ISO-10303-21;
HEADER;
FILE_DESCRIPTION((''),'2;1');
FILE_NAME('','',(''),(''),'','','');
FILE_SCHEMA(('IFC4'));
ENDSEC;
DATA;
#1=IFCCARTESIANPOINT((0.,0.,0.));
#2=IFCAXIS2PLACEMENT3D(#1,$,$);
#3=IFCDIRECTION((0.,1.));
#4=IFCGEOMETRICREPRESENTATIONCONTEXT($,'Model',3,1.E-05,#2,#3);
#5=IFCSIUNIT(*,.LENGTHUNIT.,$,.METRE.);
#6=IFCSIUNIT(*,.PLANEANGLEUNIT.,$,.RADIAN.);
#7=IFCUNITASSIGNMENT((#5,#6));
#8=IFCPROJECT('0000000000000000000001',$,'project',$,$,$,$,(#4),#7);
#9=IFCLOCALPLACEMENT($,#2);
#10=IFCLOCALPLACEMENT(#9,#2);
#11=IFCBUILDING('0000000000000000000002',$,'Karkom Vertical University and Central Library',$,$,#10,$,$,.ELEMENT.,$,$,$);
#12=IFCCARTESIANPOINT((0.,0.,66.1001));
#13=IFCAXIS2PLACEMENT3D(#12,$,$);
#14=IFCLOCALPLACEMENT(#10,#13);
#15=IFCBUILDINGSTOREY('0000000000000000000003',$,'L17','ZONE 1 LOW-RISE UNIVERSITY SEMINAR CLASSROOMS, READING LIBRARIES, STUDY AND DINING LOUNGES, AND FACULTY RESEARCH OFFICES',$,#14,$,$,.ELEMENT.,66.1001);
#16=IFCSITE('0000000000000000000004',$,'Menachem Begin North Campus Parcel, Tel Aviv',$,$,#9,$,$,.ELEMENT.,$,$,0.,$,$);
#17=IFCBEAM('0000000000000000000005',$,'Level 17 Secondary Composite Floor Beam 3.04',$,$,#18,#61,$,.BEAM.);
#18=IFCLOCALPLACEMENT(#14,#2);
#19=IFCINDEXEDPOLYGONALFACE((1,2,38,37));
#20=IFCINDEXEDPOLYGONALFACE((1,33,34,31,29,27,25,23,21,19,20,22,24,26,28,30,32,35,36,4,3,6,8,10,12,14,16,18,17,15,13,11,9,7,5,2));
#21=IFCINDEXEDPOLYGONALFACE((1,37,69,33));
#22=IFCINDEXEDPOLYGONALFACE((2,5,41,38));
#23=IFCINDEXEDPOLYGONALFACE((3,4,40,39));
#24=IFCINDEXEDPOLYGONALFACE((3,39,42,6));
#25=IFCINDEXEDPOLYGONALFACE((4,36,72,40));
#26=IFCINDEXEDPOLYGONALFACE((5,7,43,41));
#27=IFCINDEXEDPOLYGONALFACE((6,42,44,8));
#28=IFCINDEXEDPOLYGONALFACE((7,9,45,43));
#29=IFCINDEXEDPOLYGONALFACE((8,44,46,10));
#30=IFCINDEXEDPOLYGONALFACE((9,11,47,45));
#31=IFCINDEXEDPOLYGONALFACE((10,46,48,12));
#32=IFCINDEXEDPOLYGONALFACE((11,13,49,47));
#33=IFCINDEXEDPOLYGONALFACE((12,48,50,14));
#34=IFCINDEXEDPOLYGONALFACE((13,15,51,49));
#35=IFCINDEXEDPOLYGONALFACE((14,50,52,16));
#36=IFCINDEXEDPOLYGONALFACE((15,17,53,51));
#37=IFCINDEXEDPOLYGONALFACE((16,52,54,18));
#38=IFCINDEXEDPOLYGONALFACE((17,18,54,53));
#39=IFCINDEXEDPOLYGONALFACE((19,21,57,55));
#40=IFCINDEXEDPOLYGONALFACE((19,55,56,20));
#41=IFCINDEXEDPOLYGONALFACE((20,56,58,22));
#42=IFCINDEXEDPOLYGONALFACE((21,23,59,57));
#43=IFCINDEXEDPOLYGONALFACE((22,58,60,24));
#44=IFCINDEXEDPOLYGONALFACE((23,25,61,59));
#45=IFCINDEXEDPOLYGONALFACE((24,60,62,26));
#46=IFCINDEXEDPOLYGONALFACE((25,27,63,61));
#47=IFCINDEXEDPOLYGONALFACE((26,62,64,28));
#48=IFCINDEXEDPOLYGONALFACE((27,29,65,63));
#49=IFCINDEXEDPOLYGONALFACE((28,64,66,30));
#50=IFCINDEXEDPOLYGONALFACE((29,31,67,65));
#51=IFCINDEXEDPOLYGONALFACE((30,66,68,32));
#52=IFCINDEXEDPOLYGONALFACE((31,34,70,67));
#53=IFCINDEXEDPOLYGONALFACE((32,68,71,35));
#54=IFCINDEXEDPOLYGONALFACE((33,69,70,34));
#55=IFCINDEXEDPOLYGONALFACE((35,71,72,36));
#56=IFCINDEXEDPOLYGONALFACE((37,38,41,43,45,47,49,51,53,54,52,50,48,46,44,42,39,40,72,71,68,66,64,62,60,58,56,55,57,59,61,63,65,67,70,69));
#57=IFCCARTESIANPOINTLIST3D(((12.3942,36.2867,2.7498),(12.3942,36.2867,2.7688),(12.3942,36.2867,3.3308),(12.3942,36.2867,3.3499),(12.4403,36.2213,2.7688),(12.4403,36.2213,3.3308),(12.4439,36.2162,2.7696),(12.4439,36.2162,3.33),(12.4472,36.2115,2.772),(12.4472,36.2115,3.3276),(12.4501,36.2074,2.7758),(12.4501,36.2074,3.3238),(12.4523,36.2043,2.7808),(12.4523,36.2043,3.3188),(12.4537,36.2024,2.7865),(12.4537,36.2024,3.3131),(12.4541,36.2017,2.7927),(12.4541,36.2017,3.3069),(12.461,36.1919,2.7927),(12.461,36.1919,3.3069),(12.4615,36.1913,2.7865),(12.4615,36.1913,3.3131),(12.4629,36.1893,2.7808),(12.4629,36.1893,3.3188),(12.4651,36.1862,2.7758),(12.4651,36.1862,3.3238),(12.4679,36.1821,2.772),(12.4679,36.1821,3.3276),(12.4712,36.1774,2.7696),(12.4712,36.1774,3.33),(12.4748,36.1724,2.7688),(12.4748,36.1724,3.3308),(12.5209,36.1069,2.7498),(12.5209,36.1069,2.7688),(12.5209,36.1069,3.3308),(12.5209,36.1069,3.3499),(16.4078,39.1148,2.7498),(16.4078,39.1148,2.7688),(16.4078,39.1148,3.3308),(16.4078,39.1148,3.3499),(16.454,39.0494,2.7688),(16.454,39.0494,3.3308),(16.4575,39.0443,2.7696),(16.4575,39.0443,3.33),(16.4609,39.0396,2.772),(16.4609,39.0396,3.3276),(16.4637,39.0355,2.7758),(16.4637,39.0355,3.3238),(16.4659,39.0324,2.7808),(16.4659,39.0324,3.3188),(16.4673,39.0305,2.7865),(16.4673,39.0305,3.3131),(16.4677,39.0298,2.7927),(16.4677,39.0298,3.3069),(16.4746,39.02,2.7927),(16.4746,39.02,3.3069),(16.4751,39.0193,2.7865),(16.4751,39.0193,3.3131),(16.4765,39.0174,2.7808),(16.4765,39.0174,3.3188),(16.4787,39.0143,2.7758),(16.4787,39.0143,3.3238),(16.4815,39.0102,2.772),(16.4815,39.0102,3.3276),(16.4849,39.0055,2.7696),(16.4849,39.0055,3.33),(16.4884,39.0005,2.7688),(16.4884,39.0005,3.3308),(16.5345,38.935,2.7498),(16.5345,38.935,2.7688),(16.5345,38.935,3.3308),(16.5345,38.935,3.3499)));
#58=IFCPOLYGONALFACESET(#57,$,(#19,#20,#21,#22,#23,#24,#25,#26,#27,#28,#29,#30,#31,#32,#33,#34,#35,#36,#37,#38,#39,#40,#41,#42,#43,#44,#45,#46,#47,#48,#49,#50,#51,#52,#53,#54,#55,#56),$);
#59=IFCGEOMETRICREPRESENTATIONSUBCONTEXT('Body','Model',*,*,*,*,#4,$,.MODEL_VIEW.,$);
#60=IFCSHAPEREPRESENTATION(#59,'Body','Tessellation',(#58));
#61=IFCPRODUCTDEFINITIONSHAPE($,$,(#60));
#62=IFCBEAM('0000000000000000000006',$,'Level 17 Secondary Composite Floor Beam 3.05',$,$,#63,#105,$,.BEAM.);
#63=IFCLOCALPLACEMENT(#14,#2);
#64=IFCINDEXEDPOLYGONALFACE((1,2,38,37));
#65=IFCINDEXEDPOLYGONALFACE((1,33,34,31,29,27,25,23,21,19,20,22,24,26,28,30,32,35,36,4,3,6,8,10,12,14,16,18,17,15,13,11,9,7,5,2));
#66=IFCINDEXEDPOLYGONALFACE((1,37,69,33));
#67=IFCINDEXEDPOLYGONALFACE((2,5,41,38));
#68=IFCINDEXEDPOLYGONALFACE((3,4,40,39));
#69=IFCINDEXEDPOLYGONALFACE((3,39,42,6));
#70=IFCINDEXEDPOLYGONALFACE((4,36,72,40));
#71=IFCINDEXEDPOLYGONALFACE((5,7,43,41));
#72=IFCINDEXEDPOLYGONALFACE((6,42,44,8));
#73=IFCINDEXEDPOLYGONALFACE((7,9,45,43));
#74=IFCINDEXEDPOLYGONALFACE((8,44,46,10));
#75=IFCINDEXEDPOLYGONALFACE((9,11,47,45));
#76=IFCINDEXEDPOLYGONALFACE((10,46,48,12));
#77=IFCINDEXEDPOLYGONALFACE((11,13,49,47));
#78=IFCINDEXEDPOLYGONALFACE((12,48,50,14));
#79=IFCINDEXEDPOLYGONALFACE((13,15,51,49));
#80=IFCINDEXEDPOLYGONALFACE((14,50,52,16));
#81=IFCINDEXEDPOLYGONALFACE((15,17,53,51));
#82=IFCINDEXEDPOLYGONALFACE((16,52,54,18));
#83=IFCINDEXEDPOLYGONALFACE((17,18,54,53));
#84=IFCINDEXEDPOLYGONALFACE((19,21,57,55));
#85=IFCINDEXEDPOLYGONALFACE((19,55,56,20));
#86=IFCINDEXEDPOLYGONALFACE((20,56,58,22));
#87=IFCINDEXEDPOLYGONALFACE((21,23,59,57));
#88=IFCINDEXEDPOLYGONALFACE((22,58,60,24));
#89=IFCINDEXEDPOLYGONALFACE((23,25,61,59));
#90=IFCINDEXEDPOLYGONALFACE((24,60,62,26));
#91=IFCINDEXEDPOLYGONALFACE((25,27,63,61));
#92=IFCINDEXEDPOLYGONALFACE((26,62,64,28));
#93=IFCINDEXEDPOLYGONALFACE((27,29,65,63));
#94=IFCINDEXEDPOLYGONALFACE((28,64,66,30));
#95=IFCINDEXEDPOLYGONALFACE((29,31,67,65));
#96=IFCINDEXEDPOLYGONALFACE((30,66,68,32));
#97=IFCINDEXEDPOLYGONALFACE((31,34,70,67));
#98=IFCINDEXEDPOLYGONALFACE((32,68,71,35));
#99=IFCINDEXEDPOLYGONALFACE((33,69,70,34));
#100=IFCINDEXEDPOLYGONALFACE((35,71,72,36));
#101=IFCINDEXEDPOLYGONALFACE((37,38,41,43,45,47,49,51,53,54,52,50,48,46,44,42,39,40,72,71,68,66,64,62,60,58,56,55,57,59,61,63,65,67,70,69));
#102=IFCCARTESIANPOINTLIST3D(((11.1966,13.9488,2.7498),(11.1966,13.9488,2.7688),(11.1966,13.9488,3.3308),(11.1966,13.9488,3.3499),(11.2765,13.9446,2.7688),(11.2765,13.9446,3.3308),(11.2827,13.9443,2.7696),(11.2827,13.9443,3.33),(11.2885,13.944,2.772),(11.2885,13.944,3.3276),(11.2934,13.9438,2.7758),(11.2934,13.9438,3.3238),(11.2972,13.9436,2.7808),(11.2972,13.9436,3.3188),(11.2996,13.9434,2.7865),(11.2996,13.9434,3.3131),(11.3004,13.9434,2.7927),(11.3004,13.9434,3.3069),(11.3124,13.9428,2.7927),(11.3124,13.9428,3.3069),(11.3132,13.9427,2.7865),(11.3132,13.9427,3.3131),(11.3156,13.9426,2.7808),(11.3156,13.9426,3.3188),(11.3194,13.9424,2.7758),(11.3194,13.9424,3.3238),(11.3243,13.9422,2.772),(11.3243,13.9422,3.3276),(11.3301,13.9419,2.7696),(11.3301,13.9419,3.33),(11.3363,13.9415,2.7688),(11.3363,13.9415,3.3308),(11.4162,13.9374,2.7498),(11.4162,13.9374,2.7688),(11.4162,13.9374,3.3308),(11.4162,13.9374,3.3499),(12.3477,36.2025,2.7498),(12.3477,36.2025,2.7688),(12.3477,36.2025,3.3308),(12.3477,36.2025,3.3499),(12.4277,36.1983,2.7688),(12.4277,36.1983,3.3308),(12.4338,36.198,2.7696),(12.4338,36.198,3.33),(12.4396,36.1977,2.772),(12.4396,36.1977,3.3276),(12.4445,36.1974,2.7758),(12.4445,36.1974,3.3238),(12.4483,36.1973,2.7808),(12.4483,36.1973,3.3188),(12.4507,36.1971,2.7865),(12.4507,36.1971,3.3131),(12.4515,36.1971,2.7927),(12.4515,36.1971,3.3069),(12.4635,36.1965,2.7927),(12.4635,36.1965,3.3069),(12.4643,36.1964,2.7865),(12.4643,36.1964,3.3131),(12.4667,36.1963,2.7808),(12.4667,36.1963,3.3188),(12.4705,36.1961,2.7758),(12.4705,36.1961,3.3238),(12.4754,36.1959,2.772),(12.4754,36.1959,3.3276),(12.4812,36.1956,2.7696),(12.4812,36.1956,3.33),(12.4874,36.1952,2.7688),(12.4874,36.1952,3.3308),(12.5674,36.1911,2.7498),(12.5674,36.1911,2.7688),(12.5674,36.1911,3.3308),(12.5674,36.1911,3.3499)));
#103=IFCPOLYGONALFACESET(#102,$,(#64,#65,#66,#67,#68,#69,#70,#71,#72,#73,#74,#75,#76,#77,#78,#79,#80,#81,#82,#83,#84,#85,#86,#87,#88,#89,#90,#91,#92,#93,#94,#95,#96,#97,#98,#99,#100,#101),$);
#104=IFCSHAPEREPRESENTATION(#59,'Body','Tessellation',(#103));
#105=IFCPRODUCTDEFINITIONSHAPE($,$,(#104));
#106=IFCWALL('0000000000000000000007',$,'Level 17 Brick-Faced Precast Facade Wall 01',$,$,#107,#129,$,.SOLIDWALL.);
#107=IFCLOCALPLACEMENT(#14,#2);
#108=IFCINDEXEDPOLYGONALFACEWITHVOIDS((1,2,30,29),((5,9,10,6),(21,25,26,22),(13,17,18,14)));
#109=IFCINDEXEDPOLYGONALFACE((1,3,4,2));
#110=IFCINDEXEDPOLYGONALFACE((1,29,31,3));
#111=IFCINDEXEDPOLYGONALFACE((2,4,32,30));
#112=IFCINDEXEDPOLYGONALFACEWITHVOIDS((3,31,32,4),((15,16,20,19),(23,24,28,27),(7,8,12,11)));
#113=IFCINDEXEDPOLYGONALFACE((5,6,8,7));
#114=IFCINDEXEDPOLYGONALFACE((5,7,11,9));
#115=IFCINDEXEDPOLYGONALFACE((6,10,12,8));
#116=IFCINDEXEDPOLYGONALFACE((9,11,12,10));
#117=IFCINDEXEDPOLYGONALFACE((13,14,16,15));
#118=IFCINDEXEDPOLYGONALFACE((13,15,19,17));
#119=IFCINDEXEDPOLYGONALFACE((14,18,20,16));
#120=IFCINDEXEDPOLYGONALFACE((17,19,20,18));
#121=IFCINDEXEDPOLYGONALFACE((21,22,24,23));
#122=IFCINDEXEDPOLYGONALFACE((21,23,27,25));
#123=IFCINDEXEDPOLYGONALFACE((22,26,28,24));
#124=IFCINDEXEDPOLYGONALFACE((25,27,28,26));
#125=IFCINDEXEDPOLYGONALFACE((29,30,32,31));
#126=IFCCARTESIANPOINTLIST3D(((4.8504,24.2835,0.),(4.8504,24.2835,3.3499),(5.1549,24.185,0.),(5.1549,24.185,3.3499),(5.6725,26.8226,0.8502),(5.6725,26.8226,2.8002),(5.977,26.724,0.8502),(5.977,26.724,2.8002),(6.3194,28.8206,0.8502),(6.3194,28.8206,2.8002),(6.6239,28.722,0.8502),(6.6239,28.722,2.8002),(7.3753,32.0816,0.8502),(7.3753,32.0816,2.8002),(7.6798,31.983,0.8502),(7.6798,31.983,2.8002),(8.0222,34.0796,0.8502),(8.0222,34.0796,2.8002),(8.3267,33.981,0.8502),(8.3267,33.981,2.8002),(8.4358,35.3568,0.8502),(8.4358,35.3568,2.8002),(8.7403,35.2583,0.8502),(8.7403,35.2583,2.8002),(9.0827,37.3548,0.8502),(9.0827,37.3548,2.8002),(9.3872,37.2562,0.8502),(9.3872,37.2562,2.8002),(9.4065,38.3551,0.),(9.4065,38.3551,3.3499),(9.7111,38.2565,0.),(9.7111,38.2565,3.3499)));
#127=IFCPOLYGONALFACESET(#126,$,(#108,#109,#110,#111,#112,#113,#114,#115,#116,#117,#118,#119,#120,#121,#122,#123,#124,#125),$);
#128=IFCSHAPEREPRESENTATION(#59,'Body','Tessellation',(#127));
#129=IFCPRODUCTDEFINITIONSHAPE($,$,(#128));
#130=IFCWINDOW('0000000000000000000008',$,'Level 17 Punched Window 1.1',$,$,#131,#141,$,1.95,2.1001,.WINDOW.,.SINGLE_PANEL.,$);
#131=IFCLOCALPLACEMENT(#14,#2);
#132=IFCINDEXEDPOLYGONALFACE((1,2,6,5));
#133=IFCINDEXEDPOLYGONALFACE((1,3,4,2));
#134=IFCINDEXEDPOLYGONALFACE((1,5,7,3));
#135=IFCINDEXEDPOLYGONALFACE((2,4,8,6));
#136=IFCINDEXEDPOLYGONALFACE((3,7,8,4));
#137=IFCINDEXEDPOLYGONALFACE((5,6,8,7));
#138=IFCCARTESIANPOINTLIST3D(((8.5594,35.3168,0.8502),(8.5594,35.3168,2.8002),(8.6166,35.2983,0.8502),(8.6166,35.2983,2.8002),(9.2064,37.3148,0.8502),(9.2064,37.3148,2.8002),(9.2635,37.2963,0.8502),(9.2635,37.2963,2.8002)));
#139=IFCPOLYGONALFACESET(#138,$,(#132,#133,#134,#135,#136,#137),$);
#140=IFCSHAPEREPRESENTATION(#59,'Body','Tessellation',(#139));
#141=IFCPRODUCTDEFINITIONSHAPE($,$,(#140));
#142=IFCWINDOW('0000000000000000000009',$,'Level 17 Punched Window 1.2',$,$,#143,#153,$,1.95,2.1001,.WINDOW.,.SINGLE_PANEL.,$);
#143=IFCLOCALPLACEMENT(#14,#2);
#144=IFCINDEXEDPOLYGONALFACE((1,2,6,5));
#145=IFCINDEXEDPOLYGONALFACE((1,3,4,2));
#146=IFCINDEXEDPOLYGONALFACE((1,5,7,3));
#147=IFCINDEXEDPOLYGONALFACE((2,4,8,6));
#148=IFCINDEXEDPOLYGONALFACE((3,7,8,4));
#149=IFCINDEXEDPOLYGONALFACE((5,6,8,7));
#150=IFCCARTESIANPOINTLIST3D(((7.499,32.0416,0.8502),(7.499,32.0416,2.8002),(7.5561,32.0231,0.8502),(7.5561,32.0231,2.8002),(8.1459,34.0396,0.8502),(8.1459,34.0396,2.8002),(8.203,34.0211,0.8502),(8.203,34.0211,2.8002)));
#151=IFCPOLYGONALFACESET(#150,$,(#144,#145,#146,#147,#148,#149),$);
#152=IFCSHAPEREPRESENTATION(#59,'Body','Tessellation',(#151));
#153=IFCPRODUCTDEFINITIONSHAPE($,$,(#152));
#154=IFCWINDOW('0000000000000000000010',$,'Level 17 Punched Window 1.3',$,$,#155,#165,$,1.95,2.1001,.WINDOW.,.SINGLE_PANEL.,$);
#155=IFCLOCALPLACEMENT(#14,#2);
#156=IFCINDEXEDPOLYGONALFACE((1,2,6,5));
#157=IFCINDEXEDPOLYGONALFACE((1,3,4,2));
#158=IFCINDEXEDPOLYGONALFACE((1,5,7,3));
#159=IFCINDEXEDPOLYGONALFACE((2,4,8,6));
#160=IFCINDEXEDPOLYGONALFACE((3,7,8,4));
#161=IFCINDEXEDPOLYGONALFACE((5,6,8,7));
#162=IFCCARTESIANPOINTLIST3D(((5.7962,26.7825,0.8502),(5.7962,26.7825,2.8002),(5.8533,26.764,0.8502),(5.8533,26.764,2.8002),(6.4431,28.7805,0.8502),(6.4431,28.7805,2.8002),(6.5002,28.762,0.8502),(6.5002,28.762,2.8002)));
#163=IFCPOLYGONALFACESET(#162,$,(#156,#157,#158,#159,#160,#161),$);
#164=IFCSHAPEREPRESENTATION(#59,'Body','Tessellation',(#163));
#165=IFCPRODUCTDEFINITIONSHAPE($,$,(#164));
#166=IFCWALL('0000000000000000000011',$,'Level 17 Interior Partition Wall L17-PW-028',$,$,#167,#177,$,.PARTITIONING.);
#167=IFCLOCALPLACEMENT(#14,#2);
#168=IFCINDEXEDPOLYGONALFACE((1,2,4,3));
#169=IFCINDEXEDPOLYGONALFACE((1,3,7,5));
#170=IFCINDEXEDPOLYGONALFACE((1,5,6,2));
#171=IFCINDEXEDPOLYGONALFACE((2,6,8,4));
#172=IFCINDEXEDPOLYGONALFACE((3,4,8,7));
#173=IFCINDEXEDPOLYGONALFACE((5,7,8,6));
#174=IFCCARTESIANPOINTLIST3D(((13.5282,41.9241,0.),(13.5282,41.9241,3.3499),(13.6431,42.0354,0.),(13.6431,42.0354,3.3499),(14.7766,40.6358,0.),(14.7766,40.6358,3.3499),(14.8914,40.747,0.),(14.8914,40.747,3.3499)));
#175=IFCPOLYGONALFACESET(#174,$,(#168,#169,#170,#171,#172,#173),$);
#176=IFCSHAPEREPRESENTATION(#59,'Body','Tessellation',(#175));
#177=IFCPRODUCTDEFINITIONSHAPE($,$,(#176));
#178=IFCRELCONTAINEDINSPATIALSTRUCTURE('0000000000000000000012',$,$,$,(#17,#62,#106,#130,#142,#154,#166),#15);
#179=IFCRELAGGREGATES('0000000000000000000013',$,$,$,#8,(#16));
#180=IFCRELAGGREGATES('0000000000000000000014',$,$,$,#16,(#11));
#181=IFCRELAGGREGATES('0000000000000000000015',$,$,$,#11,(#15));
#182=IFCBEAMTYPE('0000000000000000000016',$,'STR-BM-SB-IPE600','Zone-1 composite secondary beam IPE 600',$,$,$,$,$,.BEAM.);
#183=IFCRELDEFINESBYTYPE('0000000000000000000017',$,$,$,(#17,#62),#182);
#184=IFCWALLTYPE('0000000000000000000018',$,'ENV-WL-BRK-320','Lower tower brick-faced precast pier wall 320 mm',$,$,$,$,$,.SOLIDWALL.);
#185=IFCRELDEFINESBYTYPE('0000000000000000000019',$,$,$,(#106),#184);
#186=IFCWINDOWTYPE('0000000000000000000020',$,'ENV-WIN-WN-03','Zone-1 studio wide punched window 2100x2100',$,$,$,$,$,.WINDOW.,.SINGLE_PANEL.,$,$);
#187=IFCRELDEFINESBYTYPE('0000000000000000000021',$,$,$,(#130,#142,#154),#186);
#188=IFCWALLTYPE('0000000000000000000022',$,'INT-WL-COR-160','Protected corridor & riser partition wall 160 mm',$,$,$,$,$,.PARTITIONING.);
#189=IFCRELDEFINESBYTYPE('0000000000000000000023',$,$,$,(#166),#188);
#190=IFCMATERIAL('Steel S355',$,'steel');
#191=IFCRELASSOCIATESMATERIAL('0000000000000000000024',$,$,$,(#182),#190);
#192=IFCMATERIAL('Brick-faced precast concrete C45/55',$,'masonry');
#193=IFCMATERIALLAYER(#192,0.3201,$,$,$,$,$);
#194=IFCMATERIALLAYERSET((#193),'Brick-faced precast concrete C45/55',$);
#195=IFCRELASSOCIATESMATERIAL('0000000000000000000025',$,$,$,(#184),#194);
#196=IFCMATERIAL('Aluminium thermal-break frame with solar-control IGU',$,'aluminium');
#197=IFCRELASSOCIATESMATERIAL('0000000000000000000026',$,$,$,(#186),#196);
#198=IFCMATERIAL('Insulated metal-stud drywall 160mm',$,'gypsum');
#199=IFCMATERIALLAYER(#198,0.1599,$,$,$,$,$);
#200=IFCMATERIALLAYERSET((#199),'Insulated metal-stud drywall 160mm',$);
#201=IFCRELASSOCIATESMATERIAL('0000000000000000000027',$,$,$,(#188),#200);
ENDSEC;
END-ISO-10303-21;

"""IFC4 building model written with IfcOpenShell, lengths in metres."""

from ifc_helpers import new_model, si_unit, direction, frame, frame_2d, origin, origin_with_axes, origin_2d, place, context, subcontext, project, spatial, rectangle, i_section, extrude, source, transform, mapped, material, layer, layer_set, material_profile, profile_set, type_object, element, fill, save


model = new_model("IFC4")

# Units and contexts
model_context = context("Model", 3, precision=1e-05, world=origin(), true_north=direction((0.0, 1.0)))
body_context = subcontext(model_context, "Body", "Model", "MODEL_VIEW")
ifc_project = project(units=[si_unit("LENGTHUNIT", "METRE"), si_unit("PLANEANGLEUNIT", "RADIAN")], contexts=[model_context])

# Site, building, storey
site_placement = place(None, origin())
site = spatial("IfcSite", under=ifc_project, at=site_placement, Name="Menachem Begin North Campus Parcel, Tel Aviv", CompositionType="ELEMENT", RefElevation=0.0)
building_placement = place(site_placement, origin())
building = spatial("IfcBuilding", under=site, at=building_placement, Name="Karkom Vertical University and Central Library", CompositionType="ELEMENT")
storey_placement = place(building_placement, frame((0.0, 0.0, 66.1001)))
storey = spatial("IfcBuildingStorey", under=building, at=storey_placement, Name="L17", Description="ZONE 1 LOW-RISE UNIVERSITY SEMINAR CLASSROOMS, READING LIBRARIES, STUDY AND DINING LOUNGES, AND FACULTY RESEARCH OFFICES", CompositionType="ELEMENT", Elevation=66.1001)

# Beams
ifc_material_1 = material(Name="Steel S355", Category="steel")
ifc_material_profile_1 = material_profile(ifc_material_1, i_section(OverallWidth=0.22, OverallDepth=0.6001, WebThickness=0.012, FlangeThickness=0.019, FilletRadius=0.0239, at=origin_2d()), Name="IPE 600")
ifc_profile_set_1 = profile_set([ifc_material_profile_1], Name="Steel S355")
beam_type_1 = type_object("IfcBeamType", Name="STR-BM-SB-IPE600", Description="Zone-1 composite secondary beam IPE 600", PredefinedType="BEAM", material=ifc_profile_set_1)
shared_shape_1 = source(origin_with_axes(), body_context, "Body", "SweptSolid", [
    extrude(i_section(OverallWidth=0.22, OverallDepth=0.6001, WebThickness=0.012, FlangeThickness=0.019, FilletRadius=0.0239, at=origin_2d()), origin(), (0.0, 0.0, 1.0), 4.9099),
])
beam_1_placement = place(storey_placement, frame((16.4712, 39.0249, 3.0498), z_axis=(-0.817453, -0.575996, 0.0), x_axis=(0.575996, -0.817453, 0.0)))
element("IfcBeam", 1, at=beam_1_placement, inside=storey, type_object=beam_type_1, Name="Level 17 Secondary Composite Floor Beam 3.04", PredefinedType="BEAM", context=body_context, shape_type="MappedRepresentation", body=[
    mapped(shared_shape_1, transform((0.0, 0.0, 0.0), scale=1.0)),
])
shared_shape_2 = source(origin_with_axes(), body_context, "Body", "SweptSolid", [
    extrude(i_section(OverallWidth=0.22, OverallDepth=0.6001, WebThickness=0.012, FlangeThickness=0.019, FilletRadius=0.0239, at=origin_2d()), origin(), (0.0, 0.0, 1.0), 22.2834),
])
beam_2_placement = place(storey_placement, frame((12.4575, 36.1968, 3.0498), z_axis=(-0.051658, -0.998665, 0.0), x_axis=(0.998665, -0.051658, 0.0)))
element("IfcBeam", 2, at=beam_2_placement, inside=storey, type_object=beam_type_1, Name="Level 17 Secondary Composite Floor Beam 3.05", PredefinedType="BEAM", context=body_context, shape_type="MappedRepresentation", body=[
    mapped(shared_shape_2, transform((0.0, 0.0, 0.0), scale=1.0)),
])

# Wall, openings, windows
ifc_material_2 = material(Name="Brick-faced precast concrete C45/55", Category="masonry")
ifc_layer_1 = layer(ifc_material_2, 0.3201)
ifc_layer_set_1 = layer_set([ifc_layer_1], Name="Brick-faced precast concrete C45/55")
wall_type_1 = type_object("IfcWallType", Name="ENV-WL-BRK-320", Description="Lower tower brick-faced precast pier wall 320 mm", PredefinedType="SOLIDWALL", material=ifc_layer_set_1)
wall_1_placement = place(storey_placement, frame((9.5588, 38.3059, 0.0), z_axis=(0.0, 0.0, 1.0), x_axis=(-0.30804, -0.951373, 0.0)))
wall_1 = element("IfcWall", 3, at=wall_1_placement, inside=storey, type_object=wall_type_1, Name="Level 17 Brick-Faced Precast Facade Wall 01", PredefinedType="SOLIDWALL", context=body_context, shape_type="SweptSolid", body=[
    extrude(rectangle(XDim=14.7908, YDim=0.3201, at=frame_2d((7.3955, 0.0))), origin(), (0.0, 0.0, 1.0), 3.3499),
])
opening_1_placement = place(wall_1_placement, frame((1.0515, 0.0, 0.8501)))
opening_1 = element("IfcOpeningElement", 4, at=opening_1_placement, cuts=wall_1, PredefinedType="OPENING", context=body_context, shape_type="SweptSolid", body=[
    extrude(rectangle(XDim=2.1001, YDim=1.95, at=frame_2d((1.05, 0.9751))), frame((0.0, 0.1699, 0.0), z_axis=(0.0, -1.0, 0.0), x_axis=(1.0, 0.0, 0.0)), (0.0, 0.0, 1.0), 0.3401),
])
opening_2_placement = place(wall_1_placement, frame((4.4941, 0.0, 0.8501)))
opening_2 = element("IfcOpeningElement", 5, at=opening_2_placement, cuts=wall_1, PredefinedType="OPENING", context=body_context, shape_type="SweptSolid", body=[
    extrude(rectangle(XDim=2.1001, YDim=1.95, at=frame_2d((1.05, 0.9751))), frame((0.0, 0.1699, 0.0), z_axis=(0.0, -1.0, 0.0), x_axis=(1.0, 0.0, 0.0)), (0.0, 0.0, 1.0), 0.3401),
])
opening_3_placement = place(wall_1_placement, frame((10.022, 0.0, 0.8501)))
opening_3 = element("IfcOpeningElement", 6, at=opening_3_placement, cuts=wall_1, PredefinedType="OPENING", context=body_context, shape_type="SweptSolid", body=[
    extrude(rectangle(XDim=2.1001, YDim=1.95, at=frame_2d((1.05, 0.9751))), frame((0.0, 0.1699, 0.0), z_axis=(0.0, -1.0, 0.0), x_axis=(1.0, 0.0, 0.0)), (0.0, 0.0, 1.0), 0.3401),
])
ifc_material_3 = material(Name="Aluminium thermal-break frame with solar-control IGU", Category="aluminium")
window_type = type_object("IfcWindowType", Name="ENV-WIN-WN-03", Description="Zone-1 studio wide punched window 2100x2100", PartitioningType="SINGLE_PANEL", PredefinedType="WINDOW", material=ifc_material_3)
shared_shape_3 = source(origin_with_axes(), body_context, "Body", "SweptSolid", [
    extrude(rectangle(XDim=2.1001, YDim=1.95, at=frame_2d((1.05, 0.9751))), frame((0.0, 0.03, 0.0), z_axis=(0.0, -1.0, 0.0), x_axis=(1.0, 0.0, 0.0)), (0.0, 0.0, 1.0), 0.0601),
])
window_1_placement = place(opening_1_placement, origin())
window_1 = element("IfcWindow", 7, at=window_1_placement, inside=storey, type_object=window_type, Name="Level 17 Punched Window 1.1", OverallHeight=1.95, OverallWidth=2.1001, PartitioningType="SINGLE_PANEL", PredefinedType="WINDOW", context=body_context, shape_type="MappedRepresentation", body=[
    mapped(shared_shape_3, transform((0.0, 0.0, 0.0), scale=1.0)),
])
fill(opening_1, window_1)
window_2_placement = place(opening_2_placement, origin())
window_2 = element("IfcWindow", 8, at=window_2_placement, inside=storey, type_object=window_type, Name="Level 17 Punched Window 1.2", OverallHeight=1.95, OverallWidth=2.1001, PartitioningType="SINGLE_PANEL", PredefinedType="WINDOW", context=body_context, shape_type="MappedRepresentation", body=[
    mapped(shared_shape_3, transform((0.0, 0.0, 0.0), scale=1.0)),
])
fill(opening_2, window_2)
window_3_placement = place(opening_3_placement, origin())
window_3 = element("IfcWindow", 9, at=window_3_placement, inside=storey, type_object=window_type, Name="Level 17 Punched Window 1.3", OverallHeight=1.95, OverallWidth=2.1001, PartitioningType="SINGLE_PANEL", PredefinedType="WINDOW", context=body_context, shape_type="MappedRepresentation", body=[
    mapped(shared_shape_3, transform((0.0, 0.0, 0.0), scale=1.0)),
])
fill(opening_3, window_3)

# Shared definitions
ifc_material_4 = material(Name="Insulated metal-stud drywall 160mm", Category="gypsum")
ifc_layer_2 = layer(ifc_material_4, 0.1599)
ifc_layer_set_2 = layer_set([ifc_layer_2], Name="Insulated metal-stud drywall 160mm")
wall_type_2 = type_object("IfcWallType", Name="INT-WL-COR-160", Description="Protected corridor & riser partition wall 160 mm", PredefinedType="PARTITIONING", material=ifc_layer_set_2)

# Wall
wall_2_placement = place(storey_placement, frame((14.834, 40.6914, 0.0), z_axis=(0.0, 0.0, 1.0), x_axis=(-0.695859, 0.718179, 0.0)))
element("IfcWall", 10, at=wall_2_placement, inside=storey, type_object=wall_type_2, Name="Level 17 Interior Partition Wall L17-PW-028", PredefinedType="PARTITIONING", context=body_context, shape_type="SweptSolid", body=[
    extrude(rectangle(XDim=1.7939, YDim=0.1599, at=frame_2d((0.897, 0.0))), origin(), (0.0, 0.0, 1.0), 3.3499),
])

save(model, "model.ifc")
